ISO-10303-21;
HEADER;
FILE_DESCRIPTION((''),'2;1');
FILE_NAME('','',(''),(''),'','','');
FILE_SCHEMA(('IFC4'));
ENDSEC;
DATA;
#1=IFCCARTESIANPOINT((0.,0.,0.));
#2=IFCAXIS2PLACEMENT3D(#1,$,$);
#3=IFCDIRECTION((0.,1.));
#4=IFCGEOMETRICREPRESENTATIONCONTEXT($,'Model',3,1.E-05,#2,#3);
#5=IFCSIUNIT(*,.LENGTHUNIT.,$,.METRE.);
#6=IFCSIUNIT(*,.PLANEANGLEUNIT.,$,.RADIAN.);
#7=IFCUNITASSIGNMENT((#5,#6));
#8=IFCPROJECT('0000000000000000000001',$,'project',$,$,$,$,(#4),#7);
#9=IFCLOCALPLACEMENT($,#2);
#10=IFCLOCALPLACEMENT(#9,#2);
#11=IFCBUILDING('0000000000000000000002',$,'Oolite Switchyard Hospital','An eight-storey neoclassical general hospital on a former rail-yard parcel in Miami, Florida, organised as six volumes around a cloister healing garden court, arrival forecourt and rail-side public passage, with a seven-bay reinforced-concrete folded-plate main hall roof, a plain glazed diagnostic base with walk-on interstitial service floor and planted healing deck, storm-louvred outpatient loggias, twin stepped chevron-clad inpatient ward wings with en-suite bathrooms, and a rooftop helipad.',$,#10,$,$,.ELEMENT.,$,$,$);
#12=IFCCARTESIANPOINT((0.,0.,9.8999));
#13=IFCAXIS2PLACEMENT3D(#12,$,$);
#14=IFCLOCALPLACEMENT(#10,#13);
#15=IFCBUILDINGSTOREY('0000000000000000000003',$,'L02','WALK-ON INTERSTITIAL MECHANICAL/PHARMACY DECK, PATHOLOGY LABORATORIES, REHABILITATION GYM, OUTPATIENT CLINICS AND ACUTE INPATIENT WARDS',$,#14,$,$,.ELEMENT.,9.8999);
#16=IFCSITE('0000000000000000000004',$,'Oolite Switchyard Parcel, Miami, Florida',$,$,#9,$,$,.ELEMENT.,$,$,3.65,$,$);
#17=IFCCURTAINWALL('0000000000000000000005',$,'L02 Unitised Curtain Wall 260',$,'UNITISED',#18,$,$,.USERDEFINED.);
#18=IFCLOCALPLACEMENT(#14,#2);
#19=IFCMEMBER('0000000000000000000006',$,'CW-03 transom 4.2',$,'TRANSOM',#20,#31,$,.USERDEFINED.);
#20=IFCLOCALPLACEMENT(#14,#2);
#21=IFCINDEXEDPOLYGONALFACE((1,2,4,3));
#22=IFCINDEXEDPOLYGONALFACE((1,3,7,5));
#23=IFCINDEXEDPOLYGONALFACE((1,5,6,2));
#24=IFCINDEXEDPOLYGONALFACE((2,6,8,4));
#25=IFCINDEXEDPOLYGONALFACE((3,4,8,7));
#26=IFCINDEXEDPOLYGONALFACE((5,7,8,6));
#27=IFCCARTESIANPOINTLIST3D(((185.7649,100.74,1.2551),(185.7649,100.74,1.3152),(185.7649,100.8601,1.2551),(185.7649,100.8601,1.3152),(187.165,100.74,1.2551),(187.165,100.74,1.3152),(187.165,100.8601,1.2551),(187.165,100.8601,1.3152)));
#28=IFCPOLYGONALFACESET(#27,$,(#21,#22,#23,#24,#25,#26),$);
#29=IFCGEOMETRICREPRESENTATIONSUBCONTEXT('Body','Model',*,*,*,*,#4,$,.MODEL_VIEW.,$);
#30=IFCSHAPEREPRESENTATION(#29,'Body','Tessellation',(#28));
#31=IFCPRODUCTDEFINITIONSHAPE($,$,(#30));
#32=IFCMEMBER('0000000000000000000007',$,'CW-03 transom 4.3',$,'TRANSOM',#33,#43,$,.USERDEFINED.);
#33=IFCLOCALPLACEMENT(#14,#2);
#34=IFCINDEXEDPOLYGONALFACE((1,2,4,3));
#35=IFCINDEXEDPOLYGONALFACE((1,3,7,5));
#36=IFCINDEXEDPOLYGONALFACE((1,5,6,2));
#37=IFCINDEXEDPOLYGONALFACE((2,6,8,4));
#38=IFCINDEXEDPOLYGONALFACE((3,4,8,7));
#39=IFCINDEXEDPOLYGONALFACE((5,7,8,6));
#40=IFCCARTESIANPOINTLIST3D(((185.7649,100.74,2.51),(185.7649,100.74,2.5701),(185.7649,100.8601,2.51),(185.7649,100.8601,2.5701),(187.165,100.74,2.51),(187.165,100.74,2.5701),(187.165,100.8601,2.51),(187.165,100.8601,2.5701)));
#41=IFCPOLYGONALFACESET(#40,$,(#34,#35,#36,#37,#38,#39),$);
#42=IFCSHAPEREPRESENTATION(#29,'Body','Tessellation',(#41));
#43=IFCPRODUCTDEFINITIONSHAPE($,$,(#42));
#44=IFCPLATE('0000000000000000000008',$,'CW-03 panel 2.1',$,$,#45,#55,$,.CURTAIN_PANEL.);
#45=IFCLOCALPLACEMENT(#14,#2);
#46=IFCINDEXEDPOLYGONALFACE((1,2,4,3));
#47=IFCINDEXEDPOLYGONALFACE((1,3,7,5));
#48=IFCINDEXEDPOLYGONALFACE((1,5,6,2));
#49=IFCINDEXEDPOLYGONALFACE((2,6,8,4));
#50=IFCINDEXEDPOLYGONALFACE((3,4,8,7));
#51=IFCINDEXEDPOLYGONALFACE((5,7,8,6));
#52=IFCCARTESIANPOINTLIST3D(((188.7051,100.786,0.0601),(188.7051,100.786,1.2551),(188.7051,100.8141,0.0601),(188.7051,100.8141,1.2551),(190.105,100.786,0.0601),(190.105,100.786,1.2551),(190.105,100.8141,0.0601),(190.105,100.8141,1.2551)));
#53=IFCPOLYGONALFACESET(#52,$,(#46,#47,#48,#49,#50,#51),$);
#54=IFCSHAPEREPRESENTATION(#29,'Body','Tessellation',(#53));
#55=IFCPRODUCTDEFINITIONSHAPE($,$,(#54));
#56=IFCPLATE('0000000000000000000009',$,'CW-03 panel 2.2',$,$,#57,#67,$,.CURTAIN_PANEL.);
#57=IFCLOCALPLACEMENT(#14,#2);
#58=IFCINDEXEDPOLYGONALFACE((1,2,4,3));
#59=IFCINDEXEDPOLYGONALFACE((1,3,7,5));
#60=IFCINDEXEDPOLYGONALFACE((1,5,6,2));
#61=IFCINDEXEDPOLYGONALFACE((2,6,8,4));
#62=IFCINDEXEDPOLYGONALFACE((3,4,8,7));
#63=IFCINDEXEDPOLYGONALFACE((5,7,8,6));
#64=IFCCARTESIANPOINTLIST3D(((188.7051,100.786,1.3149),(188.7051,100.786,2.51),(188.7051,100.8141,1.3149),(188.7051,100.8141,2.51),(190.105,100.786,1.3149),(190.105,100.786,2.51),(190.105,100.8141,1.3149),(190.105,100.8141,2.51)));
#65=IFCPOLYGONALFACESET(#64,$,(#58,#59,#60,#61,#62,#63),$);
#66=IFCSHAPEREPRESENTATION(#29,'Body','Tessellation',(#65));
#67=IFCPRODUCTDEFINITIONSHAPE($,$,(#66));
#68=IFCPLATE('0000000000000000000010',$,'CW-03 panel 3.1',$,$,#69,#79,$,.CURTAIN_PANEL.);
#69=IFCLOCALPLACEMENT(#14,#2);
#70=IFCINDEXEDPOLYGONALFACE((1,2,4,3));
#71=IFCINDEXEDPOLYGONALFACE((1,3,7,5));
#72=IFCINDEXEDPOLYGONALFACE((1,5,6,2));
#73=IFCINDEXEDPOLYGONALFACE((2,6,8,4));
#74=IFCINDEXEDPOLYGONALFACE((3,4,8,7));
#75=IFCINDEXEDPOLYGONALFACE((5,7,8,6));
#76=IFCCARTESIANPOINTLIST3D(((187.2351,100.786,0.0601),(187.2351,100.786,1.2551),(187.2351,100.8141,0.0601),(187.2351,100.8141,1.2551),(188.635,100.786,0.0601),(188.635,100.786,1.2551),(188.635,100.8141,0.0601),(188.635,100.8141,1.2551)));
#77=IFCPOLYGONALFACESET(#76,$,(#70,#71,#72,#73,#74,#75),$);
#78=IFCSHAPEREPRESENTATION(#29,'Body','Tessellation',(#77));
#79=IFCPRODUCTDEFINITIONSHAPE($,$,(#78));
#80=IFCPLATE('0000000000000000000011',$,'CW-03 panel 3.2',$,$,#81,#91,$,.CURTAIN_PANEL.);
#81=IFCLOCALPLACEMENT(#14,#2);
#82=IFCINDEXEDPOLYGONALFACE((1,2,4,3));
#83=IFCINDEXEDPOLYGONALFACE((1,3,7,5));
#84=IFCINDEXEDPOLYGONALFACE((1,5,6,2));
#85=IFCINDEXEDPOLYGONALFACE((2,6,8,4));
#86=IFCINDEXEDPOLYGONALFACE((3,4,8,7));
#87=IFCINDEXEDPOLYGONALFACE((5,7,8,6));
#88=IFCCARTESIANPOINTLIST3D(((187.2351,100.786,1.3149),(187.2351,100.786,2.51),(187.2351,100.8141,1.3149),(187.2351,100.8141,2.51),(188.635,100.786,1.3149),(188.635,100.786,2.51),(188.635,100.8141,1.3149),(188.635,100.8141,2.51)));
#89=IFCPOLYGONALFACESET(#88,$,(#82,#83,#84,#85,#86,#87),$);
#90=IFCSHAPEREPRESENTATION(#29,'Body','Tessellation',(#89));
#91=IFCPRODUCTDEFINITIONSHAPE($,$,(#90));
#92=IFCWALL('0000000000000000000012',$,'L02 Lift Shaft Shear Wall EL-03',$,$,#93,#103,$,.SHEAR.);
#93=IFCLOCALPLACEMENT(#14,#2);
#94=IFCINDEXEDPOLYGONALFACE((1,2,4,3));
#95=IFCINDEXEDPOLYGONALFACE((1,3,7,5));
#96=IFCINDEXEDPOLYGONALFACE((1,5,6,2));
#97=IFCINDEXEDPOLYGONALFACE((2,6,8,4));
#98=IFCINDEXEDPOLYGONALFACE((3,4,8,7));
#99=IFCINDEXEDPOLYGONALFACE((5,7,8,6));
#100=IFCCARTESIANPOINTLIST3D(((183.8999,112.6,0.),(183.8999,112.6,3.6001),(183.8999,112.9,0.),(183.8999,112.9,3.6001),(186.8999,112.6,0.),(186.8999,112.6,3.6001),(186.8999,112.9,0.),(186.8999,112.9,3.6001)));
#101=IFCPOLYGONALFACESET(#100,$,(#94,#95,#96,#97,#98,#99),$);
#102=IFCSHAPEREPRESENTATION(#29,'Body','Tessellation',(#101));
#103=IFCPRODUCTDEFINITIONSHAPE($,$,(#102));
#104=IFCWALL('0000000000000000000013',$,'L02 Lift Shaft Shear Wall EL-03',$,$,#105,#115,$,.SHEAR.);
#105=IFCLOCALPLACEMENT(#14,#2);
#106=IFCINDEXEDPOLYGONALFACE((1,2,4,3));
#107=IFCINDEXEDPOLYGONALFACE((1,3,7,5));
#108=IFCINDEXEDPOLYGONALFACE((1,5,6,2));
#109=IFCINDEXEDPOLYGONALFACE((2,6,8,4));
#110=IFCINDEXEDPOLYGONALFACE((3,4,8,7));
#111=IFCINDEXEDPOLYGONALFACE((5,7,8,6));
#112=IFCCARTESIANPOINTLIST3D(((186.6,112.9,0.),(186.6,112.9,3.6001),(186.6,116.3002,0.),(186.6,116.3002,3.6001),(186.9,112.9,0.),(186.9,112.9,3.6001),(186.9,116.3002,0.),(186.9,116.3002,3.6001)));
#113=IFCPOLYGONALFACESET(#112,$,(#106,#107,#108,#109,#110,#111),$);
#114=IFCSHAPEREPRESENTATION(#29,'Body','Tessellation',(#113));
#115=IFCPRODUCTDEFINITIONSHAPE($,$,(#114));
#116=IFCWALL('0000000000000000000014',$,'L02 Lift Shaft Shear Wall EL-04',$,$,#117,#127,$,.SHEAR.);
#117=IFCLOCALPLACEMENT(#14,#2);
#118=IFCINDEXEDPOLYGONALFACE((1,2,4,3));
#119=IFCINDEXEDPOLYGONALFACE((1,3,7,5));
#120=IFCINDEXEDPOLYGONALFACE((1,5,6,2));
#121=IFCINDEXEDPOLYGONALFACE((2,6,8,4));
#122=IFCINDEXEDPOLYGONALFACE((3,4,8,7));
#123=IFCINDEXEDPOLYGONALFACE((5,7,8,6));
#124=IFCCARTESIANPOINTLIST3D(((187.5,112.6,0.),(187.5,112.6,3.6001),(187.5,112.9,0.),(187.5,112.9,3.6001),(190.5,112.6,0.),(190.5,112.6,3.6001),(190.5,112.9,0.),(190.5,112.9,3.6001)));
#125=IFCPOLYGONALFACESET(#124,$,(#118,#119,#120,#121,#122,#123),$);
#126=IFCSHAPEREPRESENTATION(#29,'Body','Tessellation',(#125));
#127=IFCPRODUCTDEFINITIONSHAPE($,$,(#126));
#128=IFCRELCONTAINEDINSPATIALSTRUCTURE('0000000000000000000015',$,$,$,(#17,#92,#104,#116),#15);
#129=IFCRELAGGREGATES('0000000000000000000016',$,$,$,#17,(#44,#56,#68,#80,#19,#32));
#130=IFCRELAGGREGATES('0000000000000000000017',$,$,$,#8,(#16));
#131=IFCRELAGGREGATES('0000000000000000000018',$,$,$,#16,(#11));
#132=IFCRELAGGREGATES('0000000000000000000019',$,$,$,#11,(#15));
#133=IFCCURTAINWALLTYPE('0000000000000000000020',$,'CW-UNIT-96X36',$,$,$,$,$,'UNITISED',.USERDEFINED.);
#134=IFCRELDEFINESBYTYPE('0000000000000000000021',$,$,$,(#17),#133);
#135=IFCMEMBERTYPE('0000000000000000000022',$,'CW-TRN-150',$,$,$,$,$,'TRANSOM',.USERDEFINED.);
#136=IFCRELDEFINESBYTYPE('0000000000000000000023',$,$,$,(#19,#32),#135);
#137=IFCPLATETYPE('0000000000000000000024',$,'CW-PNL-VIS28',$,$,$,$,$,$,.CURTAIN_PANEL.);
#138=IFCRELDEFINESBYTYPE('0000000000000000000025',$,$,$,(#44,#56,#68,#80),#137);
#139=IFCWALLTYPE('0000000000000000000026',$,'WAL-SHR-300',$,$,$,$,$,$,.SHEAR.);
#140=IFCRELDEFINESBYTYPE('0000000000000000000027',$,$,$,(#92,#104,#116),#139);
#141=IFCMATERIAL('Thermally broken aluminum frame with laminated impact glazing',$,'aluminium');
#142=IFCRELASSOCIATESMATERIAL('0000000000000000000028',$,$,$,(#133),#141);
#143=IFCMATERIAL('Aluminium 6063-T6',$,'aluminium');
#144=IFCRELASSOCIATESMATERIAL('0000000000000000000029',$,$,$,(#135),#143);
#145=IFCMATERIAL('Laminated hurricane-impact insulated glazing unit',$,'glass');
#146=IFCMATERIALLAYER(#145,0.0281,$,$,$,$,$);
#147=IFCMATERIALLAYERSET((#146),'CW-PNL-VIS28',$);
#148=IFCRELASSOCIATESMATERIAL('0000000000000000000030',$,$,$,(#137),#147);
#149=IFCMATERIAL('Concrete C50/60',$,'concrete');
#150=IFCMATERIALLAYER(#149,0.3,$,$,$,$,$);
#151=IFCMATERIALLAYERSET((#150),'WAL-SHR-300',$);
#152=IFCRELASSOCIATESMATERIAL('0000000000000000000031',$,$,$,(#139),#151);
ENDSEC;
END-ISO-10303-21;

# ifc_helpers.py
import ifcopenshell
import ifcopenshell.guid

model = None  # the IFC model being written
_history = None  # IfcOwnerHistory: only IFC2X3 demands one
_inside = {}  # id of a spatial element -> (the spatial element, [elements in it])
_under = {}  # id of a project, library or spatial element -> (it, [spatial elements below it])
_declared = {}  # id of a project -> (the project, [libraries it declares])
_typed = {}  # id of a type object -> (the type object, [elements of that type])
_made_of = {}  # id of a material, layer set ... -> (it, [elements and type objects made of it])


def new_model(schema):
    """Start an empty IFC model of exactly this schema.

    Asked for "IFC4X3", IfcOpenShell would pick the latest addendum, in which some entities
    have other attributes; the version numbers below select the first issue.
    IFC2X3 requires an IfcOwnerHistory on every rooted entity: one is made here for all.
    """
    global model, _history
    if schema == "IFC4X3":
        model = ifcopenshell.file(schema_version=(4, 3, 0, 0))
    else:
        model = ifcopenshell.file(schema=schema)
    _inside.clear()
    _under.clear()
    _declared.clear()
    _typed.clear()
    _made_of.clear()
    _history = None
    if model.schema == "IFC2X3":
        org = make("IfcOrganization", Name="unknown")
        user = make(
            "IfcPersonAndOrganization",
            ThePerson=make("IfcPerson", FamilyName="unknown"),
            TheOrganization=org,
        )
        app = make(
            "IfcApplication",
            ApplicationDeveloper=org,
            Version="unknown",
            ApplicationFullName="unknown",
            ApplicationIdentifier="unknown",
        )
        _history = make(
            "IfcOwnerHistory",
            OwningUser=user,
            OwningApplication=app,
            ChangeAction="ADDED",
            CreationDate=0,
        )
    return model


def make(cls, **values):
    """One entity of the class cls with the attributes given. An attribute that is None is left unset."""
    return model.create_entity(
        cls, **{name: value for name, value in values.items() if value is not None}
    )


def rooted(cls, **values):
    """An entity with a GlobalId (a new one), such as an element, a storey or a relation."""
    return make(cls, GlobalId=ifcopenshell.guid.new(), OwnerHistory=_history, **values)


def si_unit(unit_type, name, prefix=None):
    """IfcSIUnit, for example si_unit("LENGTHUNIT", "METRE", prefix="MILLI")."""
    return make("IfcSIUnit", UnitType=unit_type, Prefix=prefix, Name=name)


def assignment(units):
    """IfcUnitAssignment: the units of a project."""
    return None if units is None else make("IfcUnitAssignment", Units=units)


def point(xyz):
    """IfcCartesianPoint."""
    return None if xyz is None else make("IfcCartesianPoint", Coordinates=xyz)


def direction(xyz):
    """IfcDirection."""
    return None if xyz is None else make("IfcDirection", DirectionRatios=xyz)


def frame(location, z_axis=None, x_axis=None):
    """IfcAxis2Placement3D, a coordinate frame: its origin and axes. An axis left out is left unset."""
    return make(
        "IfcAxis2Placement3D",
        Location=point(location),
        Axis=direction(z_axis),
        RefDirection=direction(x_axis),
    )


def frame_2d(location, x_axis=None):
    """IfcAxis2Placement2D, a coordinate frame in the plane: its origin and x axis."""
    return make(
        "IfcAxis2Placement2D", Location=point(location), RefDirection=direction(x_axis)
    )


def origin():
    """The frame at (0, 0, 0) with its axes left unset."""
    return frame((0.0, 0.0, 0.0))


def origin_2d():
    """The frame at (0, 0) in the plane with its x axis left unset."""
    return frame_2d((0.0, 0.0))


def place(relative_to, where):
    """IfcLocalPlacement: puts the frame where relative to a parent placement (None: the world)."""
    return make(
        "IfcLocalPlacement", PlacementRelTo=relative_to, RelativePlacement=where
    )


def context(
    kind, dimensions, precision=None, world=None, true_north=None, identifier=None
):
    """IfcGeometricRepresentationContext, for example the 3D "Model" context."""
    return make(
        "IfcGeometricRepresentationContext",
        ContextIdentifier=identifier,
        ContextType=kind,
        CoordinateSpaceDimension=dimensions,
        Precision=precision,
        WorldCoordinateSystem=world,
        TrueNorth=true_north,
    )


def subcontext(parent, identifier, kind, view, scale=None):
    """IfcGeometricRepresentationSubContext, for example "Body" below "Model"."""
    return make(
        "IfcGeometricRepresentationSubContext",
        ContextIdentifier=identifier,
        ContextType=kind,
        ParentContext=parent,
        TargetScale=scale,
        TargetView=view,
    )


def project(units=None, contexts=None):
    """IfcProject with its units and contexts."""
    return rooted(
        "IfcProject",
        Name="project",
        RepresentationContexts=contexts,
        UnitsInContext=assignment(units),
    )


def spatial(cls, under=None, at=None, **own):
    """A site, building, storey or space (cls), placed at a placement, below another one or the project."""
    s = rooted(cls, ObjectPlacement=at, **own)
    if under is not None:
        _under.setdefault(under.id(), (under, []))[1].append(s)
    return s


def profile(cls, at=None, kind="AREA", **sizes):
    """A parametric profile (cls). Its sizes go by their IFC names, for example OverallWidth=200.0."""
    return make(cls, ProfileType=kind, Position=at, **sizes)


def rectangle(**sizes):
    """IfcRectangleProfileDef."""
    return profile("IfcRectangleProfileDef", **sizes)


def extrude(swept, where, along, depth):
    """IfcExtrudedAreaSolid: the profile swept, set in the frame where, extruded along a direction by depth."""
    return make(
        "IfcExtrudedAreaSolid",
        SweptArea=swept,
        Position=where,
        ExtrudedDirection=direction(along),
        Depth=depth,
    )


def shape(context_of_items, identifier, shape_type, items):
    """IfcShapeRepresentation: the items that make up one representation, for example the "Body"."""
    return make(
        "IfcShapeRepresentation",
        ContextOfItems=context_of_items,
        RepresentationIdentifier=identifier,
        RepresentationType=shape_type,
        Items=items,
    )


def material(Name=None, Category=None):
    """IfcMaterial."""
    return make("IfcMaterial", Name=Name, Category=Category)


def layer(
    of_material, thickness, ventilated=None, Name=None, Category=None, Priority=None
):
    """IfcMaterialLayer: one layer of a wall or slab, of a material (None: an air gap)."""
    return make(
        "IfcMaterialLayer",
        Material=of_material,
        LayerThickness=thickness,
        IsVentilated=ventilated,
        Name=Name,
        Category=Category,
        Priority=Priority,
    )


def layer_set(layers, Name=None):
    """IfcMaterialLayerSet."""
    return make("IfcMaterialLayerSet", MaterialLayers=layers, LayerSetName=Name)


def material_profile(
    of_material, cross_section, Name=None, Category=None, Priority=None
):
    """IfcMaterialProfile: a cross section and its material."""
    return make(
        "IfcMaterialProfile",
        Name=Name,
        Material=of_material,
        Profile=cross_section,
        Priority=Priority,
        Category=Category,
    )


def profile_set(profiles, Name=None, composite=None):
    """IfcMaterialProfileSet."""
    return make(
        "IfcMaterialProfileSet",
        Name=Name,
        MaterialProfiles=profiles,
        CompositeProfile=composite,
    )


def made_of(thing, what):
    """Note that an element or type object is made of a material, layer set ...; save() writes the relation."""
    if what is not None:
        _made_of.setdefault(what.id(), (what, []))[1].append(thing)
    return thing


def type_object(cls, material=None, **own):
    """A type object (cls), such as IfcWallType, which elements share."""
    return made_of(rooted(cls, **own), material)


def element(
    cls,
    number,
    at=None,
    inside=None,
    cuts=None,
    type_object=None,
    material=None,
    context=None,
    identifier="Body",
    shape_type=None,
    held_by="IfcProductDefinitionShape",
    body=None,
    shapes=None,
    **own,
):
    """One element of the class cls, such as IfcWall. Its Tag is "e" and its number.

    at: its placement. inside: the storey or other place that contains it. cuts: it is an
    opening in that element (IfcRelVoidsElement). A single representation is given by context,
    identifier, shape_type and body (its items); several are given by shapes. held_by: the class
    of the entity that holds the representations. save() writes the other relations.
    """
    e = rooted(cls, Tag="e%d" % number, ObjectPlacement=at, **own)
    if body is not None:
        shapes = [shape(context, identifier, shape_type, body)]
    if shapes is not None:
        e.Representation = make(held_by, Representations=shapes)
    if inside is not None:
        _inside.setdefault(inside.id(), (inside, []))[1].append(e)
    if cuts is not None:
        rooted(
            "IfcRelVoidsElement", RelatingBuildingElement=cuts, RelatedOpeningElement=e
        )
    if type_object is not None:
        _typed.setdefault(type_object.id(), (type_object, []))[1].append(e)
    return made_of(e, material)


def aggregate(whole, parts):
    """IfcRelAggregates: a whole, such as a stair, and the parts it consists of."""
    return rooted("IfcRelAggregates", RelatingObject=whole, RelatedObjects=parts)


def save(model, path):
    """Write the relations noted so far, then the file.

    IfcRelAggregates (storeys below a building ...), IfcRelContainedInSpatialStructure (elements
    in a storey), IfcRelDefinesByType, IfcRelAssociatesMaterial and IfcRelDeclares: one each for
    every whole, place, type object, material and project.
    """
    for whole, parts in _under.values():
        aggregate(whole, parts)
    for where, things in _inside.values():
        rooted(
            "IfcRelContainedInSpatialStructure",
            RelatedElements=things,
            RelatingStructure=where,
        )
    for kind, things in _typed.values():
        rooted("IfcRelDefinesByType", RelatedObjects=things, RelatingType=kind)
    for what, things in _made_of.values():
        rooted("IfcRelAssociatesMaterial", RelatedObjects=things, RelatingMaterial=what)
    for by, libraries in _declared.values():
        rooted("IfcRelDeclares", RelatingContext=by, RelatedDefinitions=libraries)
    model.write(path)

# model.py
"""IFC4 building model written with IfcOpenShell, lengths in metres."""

from ifc_helpers import new_model, si_unit, direction, frame, frame_2d, origin, origin_2d, place, context, subcontext, project, spatial, rectangle, extrude, material, layer, layer_set, material_profile, profile_set, type_object, element, aggregate, save


model = new_model("IFC4")

# Units and contexts
model_context = context("Model", 3, precision=1e-05, world=origin(), true_north=direction((0.0, 1.0)))
body_context = subcontext(model_context, "Body", "Model", "MODEL_VIEW")
ifc_project = project(units=[si_unit("LENGTHUNIT", "METRE"), si_unit("PLANEANGLEUNIT", "RADIAN")], contexts=[model_context])

# Site, building, storey
site_placement = place(None, origin())
site = spatial("IfcSite", under=ifc_project, at=site_placement, Name="Oolite Switchyard Parcel, Miami, Florida", CompositionType="ELEMENT", RefElevation=3.65)
building_placement = place(site_placement, origin())
building = spatial("IfcBuilding", under=site, at=building_placement, Name="Oolite Switchyard Hospital", Description="An eight-storey neoclassical general hospital on a former rail-yard parcel in Miami, Florida, organised as six volumes around a cloister healing garden court, arrival forecourt and rail-side public passage, with a seven-bay reinforced-concrete folded-plate main hall roof, a plain glazed diagnostic base with walk-on interstitial service floor and planted healing deck, storm-louvred outpatient loggias, twin stepped chevron-clad inpatient ward wings with en-suite bathrooms, and a rooftop helipad.", CompositionType="ELEMENT")
storey_placement = place(building_placement, frame((0.0, 0.0, 9.8999)))
storey = spatial("IfcBuildingStorey", under=building, at=storey_placement, Name="L02", Description="WALK-ON INTERSTITIAL MECHANICAL/PHARMACY DECK, PATHOLOGY LABORATORIES, REHABILITATION GYM, OUTPATIENT CLINICS AND ACUTE INPATIENT WARDS", CompositionType="ELEMENT", Elevation=9.8999)

# Shared definitions
ifc_material_1 = material(Name="Concrete C50/60", Category="concrete")

# Curtain wall, members, plates
ifc_material_2 = material(Name="Thermally broken aluminum frame with laminated impact glazing", Category="aluminium")
curtain_wall_type = type_object("IfcCurtainWallType", Name="CW-UNIT-96X36", ElementType="UNITISED", PredefinedType="USERDEFINED", material=ifc_material_2)
curtain_wall_placement = place(storey_placement, origin())
curtain_wall = element("IfcCurtainWall", 1, at=curtain_wall_placement, inside=storey, type_object=curtain_wall_type, Name="L02 Unitised Curtain Wall 260", ObjectType="UNITISED", PredefinedType="USERDEFINED")
ifc_material_3 = material(Name="Aluminium 6063-T6", Category="aluminium")
ifc_material_profile_1 = material_profile(ifc_material_3, rectangle(XDim=0.1201, YDim=0.0601, at=origin_2d()), Name="CWT60X120")
ifc_profile_set_1 = profile_set([ifc_material_profile_1], Name="Aluminium 6063-T6")
member_type_1 = type_object("IfcMemberType", Name="CW-TRN-150", ElementType="TRANSOM", PredefinedType="USERDEFINED", material=ifc_profile_set_1)
member_1_placement = place(storey_placement, frame((187.165, 100.8, 1.2852), z_axis=(-1.0, 0.0, 0.0), x_axis=(0.0, -1.0, 0.0)))
member_1 = element("IfcMember", 2, at=member_1_placement, type_object=member_type_1, Name="CW-03 transom 4.2", ObjectType="TRANSOM", PredefinedType="USERDEFINED", context=body_context, shape_type="SweptSolid", body=[
    extrude(rectangle(XDim=0.1201, YDim=0.0601, at=origin_2d()), origin(), (0.0, 0.0, 1.0), 1.4001),
])
member_2_placement = place(storey_placement, frame((187.165, 100.8, 2.54), z_axis=(-1.0, 0.0, 0.0), x_axis=(0.0, -1.0, 0.0)))
member_2 = element("IfcMember", 3, at=member_2_placement, type_object=member_type_1, Name="CW-03 transom 4.3", ObjectType="TRANSOM", PredefinedType="USERDEFINED", context=body_context, shape_type="SweptSolid", body=[
    extrude(rectangle(XDim=0.1201, YDim=0.0601, at=origin_2d()), origin(), (0.0, 0.0, 1.0), 1.4001),
])
ifc_material_4 = material(Name="Laminated hurricane-impact insulated glazing unit", Category="glass")
ifc_layer_1 = layer(ifc_material_4, 0.0281)
ifc_layer_set_1 = layer_set([ifc_layer_1], Name="CW-PNL-VIS28")
plate_type = type_object("IfcPlateType", Name="CW-PNL-VIS28", PredefinedType="CURTAIN_PANEL", material=ifc_layer_set_1)
plate_1_placement = place(storey_placement, frame((189.405, 100.8, 0.0601), z_axis=(0.0, 0.0, 1.0), x_axis=(-1.0, 0.0, 0.0)))
plate_1 = element("IfcPlate", 4, at=plate_1_placement, type_object=plate_type, Name="CW-03 panel 2.1", PredefinedType="CURTAIN_PANEL", context=body_context, shape_type="SweptSolid", body=[
    extrude(rectangle(XDim=1.3999, YDim=0.0281, at=origin_2d()), origin(), (0.0, 0.0, 1.0), 1.1951),
])
plate_2_placement = place(storey_placement, frame((189.405, 100.8, 1.3149), z_axis=(0.0, 0.0, 1.0), x_axis=(-1.0, 0.0, 0.0)))
plate_2 = element("IfcPlate", 5, at=plate_2_placement, type_object=plate_type, Name="CW-03 panel 2.2", PredefinedType="CURTAIN_PANEL", context=body_context, shape_type="SweptSolid", body=[
    extrude(rectangle(XDim=1.3999, YDim=0.0281, at=origin_2d()), origin(), (0.0, 0.0, 1.0), 1.1951),
])
plate_3_placement = place(storey_placement, frame((187.9351, 100.8, 0.0601), z_axis=(0.0, 0.0, 1.0), x_axis=(-1.0, 0.0, 0.0)))
plate_3 = element("IfcPlate", 6, at=plate_3_placement, type_object=plate_type, Name="CW-03 panel 3.1", PredefinedType="CURTAIN_PANEL", context=body_context, shape_type="SweptSolid", body=[
    extrude(rectangle(XDim=1.3999, YDim=0.0281, at=origin_2d()), origin(), (0.0, 0.0, 1.0), 1.1951),
])
plate_4_placement = place(storey_placement, frame((187.9351, 100.8, 1.3149), z_axis=(0.0, 0.0, 1.0), x_axis=(-1.0, 0.0, 0.0)))
plate_4 = element("IfcPlate", 7, at=plate_4_placement, type_object=plate_type, Name="CW-03 panel 3.2", PredefinedType="CURTAIN_PANEL", context=body_context, shape_type="SweptSolid", body=[
    extrude(rectangle(XDim=1.3999, YDim=0.0281, at=origin_2d()), origin(), (0.0, 0.0, 1.0), 1.1951),
])
aggregate(curtain_wall, [plate_1, plate_2, plate_3, plate_4, member_1, member_2])

# Walls
ifc_layer_2 = layer(ifc_material_1, 0.3)
ifc_layer_set_2 = layer_set([ifc_layer_2], Name="WAL-SHR-300")
wall_type = type_object("IfcWallType", Name="WAL-SHR-300", PredefinedType="SHEAR", material=ifc_layer_set_2)
wall_1_placement = place(storey_placement, frame((183.8999, 112.75, 0.0), z_axis=(0.0, 0.0, 1.0), x_axis=(1.0, 0.0, 0.0)))
element("IfcWall", 8, at=wall_1_placement, inside=storey, type_object=wall_type, Name="L02 Lift Shaft Shear Wall EL-03", PredefinedType="SHEAR", context=body_context, shape_type="SweptSolid", body=[
    extrude(rectangle(XDim=3.0, YDim=0.3, at=frame_2d((1.5, 0.0))), origin(), (0.0, 0.0, 1.0), 3.6001),
])
wall_2_placement = place(storey_placement, frame((186.75, 112.8999, 0.0), z_axis=(0.0, 0.0, 1.0), x_axis=(0.0, 1.0, 0.0)))
element("IfcWall", 9, at=wall_2_placement, inside=storey, type_object=wall_type, Name="L02 Lift Shaft Shear Wall EL-03", PredefinedType="SHEAR", context=body_context, shape_type="SweptSolid", body=[
    extrude(rectangle(XDim=3.4001, YDim=0.3, at=frame_2d((1.7002, 0.0))), origin(), (0.0, 0.0, 1.0), 3.6001),
])
wall_3_placement = place(storey_placement, frame((187.5, 112.75, 0.0), z_axis=(0.0, 0.0, 1.0), x_axis=(1.0, 0.0, 0.0)))
element("IfcWall", 10, at=wall_3_placement, inside=storey, type_object=wall_type, Name="L02 Lift Shaft Shear Wall EL-04", PredefinedType="SHEAR", context=body_context, shape_type="SweptSolid", body=[
    extrude(rectangle(XDim=3.0, YDim=0.3, at=frame_2d((1.5, 0.0))), origin(), (0.0, 0.0, 1.0), 3.6001),
])

save(model, "model.ifc")
